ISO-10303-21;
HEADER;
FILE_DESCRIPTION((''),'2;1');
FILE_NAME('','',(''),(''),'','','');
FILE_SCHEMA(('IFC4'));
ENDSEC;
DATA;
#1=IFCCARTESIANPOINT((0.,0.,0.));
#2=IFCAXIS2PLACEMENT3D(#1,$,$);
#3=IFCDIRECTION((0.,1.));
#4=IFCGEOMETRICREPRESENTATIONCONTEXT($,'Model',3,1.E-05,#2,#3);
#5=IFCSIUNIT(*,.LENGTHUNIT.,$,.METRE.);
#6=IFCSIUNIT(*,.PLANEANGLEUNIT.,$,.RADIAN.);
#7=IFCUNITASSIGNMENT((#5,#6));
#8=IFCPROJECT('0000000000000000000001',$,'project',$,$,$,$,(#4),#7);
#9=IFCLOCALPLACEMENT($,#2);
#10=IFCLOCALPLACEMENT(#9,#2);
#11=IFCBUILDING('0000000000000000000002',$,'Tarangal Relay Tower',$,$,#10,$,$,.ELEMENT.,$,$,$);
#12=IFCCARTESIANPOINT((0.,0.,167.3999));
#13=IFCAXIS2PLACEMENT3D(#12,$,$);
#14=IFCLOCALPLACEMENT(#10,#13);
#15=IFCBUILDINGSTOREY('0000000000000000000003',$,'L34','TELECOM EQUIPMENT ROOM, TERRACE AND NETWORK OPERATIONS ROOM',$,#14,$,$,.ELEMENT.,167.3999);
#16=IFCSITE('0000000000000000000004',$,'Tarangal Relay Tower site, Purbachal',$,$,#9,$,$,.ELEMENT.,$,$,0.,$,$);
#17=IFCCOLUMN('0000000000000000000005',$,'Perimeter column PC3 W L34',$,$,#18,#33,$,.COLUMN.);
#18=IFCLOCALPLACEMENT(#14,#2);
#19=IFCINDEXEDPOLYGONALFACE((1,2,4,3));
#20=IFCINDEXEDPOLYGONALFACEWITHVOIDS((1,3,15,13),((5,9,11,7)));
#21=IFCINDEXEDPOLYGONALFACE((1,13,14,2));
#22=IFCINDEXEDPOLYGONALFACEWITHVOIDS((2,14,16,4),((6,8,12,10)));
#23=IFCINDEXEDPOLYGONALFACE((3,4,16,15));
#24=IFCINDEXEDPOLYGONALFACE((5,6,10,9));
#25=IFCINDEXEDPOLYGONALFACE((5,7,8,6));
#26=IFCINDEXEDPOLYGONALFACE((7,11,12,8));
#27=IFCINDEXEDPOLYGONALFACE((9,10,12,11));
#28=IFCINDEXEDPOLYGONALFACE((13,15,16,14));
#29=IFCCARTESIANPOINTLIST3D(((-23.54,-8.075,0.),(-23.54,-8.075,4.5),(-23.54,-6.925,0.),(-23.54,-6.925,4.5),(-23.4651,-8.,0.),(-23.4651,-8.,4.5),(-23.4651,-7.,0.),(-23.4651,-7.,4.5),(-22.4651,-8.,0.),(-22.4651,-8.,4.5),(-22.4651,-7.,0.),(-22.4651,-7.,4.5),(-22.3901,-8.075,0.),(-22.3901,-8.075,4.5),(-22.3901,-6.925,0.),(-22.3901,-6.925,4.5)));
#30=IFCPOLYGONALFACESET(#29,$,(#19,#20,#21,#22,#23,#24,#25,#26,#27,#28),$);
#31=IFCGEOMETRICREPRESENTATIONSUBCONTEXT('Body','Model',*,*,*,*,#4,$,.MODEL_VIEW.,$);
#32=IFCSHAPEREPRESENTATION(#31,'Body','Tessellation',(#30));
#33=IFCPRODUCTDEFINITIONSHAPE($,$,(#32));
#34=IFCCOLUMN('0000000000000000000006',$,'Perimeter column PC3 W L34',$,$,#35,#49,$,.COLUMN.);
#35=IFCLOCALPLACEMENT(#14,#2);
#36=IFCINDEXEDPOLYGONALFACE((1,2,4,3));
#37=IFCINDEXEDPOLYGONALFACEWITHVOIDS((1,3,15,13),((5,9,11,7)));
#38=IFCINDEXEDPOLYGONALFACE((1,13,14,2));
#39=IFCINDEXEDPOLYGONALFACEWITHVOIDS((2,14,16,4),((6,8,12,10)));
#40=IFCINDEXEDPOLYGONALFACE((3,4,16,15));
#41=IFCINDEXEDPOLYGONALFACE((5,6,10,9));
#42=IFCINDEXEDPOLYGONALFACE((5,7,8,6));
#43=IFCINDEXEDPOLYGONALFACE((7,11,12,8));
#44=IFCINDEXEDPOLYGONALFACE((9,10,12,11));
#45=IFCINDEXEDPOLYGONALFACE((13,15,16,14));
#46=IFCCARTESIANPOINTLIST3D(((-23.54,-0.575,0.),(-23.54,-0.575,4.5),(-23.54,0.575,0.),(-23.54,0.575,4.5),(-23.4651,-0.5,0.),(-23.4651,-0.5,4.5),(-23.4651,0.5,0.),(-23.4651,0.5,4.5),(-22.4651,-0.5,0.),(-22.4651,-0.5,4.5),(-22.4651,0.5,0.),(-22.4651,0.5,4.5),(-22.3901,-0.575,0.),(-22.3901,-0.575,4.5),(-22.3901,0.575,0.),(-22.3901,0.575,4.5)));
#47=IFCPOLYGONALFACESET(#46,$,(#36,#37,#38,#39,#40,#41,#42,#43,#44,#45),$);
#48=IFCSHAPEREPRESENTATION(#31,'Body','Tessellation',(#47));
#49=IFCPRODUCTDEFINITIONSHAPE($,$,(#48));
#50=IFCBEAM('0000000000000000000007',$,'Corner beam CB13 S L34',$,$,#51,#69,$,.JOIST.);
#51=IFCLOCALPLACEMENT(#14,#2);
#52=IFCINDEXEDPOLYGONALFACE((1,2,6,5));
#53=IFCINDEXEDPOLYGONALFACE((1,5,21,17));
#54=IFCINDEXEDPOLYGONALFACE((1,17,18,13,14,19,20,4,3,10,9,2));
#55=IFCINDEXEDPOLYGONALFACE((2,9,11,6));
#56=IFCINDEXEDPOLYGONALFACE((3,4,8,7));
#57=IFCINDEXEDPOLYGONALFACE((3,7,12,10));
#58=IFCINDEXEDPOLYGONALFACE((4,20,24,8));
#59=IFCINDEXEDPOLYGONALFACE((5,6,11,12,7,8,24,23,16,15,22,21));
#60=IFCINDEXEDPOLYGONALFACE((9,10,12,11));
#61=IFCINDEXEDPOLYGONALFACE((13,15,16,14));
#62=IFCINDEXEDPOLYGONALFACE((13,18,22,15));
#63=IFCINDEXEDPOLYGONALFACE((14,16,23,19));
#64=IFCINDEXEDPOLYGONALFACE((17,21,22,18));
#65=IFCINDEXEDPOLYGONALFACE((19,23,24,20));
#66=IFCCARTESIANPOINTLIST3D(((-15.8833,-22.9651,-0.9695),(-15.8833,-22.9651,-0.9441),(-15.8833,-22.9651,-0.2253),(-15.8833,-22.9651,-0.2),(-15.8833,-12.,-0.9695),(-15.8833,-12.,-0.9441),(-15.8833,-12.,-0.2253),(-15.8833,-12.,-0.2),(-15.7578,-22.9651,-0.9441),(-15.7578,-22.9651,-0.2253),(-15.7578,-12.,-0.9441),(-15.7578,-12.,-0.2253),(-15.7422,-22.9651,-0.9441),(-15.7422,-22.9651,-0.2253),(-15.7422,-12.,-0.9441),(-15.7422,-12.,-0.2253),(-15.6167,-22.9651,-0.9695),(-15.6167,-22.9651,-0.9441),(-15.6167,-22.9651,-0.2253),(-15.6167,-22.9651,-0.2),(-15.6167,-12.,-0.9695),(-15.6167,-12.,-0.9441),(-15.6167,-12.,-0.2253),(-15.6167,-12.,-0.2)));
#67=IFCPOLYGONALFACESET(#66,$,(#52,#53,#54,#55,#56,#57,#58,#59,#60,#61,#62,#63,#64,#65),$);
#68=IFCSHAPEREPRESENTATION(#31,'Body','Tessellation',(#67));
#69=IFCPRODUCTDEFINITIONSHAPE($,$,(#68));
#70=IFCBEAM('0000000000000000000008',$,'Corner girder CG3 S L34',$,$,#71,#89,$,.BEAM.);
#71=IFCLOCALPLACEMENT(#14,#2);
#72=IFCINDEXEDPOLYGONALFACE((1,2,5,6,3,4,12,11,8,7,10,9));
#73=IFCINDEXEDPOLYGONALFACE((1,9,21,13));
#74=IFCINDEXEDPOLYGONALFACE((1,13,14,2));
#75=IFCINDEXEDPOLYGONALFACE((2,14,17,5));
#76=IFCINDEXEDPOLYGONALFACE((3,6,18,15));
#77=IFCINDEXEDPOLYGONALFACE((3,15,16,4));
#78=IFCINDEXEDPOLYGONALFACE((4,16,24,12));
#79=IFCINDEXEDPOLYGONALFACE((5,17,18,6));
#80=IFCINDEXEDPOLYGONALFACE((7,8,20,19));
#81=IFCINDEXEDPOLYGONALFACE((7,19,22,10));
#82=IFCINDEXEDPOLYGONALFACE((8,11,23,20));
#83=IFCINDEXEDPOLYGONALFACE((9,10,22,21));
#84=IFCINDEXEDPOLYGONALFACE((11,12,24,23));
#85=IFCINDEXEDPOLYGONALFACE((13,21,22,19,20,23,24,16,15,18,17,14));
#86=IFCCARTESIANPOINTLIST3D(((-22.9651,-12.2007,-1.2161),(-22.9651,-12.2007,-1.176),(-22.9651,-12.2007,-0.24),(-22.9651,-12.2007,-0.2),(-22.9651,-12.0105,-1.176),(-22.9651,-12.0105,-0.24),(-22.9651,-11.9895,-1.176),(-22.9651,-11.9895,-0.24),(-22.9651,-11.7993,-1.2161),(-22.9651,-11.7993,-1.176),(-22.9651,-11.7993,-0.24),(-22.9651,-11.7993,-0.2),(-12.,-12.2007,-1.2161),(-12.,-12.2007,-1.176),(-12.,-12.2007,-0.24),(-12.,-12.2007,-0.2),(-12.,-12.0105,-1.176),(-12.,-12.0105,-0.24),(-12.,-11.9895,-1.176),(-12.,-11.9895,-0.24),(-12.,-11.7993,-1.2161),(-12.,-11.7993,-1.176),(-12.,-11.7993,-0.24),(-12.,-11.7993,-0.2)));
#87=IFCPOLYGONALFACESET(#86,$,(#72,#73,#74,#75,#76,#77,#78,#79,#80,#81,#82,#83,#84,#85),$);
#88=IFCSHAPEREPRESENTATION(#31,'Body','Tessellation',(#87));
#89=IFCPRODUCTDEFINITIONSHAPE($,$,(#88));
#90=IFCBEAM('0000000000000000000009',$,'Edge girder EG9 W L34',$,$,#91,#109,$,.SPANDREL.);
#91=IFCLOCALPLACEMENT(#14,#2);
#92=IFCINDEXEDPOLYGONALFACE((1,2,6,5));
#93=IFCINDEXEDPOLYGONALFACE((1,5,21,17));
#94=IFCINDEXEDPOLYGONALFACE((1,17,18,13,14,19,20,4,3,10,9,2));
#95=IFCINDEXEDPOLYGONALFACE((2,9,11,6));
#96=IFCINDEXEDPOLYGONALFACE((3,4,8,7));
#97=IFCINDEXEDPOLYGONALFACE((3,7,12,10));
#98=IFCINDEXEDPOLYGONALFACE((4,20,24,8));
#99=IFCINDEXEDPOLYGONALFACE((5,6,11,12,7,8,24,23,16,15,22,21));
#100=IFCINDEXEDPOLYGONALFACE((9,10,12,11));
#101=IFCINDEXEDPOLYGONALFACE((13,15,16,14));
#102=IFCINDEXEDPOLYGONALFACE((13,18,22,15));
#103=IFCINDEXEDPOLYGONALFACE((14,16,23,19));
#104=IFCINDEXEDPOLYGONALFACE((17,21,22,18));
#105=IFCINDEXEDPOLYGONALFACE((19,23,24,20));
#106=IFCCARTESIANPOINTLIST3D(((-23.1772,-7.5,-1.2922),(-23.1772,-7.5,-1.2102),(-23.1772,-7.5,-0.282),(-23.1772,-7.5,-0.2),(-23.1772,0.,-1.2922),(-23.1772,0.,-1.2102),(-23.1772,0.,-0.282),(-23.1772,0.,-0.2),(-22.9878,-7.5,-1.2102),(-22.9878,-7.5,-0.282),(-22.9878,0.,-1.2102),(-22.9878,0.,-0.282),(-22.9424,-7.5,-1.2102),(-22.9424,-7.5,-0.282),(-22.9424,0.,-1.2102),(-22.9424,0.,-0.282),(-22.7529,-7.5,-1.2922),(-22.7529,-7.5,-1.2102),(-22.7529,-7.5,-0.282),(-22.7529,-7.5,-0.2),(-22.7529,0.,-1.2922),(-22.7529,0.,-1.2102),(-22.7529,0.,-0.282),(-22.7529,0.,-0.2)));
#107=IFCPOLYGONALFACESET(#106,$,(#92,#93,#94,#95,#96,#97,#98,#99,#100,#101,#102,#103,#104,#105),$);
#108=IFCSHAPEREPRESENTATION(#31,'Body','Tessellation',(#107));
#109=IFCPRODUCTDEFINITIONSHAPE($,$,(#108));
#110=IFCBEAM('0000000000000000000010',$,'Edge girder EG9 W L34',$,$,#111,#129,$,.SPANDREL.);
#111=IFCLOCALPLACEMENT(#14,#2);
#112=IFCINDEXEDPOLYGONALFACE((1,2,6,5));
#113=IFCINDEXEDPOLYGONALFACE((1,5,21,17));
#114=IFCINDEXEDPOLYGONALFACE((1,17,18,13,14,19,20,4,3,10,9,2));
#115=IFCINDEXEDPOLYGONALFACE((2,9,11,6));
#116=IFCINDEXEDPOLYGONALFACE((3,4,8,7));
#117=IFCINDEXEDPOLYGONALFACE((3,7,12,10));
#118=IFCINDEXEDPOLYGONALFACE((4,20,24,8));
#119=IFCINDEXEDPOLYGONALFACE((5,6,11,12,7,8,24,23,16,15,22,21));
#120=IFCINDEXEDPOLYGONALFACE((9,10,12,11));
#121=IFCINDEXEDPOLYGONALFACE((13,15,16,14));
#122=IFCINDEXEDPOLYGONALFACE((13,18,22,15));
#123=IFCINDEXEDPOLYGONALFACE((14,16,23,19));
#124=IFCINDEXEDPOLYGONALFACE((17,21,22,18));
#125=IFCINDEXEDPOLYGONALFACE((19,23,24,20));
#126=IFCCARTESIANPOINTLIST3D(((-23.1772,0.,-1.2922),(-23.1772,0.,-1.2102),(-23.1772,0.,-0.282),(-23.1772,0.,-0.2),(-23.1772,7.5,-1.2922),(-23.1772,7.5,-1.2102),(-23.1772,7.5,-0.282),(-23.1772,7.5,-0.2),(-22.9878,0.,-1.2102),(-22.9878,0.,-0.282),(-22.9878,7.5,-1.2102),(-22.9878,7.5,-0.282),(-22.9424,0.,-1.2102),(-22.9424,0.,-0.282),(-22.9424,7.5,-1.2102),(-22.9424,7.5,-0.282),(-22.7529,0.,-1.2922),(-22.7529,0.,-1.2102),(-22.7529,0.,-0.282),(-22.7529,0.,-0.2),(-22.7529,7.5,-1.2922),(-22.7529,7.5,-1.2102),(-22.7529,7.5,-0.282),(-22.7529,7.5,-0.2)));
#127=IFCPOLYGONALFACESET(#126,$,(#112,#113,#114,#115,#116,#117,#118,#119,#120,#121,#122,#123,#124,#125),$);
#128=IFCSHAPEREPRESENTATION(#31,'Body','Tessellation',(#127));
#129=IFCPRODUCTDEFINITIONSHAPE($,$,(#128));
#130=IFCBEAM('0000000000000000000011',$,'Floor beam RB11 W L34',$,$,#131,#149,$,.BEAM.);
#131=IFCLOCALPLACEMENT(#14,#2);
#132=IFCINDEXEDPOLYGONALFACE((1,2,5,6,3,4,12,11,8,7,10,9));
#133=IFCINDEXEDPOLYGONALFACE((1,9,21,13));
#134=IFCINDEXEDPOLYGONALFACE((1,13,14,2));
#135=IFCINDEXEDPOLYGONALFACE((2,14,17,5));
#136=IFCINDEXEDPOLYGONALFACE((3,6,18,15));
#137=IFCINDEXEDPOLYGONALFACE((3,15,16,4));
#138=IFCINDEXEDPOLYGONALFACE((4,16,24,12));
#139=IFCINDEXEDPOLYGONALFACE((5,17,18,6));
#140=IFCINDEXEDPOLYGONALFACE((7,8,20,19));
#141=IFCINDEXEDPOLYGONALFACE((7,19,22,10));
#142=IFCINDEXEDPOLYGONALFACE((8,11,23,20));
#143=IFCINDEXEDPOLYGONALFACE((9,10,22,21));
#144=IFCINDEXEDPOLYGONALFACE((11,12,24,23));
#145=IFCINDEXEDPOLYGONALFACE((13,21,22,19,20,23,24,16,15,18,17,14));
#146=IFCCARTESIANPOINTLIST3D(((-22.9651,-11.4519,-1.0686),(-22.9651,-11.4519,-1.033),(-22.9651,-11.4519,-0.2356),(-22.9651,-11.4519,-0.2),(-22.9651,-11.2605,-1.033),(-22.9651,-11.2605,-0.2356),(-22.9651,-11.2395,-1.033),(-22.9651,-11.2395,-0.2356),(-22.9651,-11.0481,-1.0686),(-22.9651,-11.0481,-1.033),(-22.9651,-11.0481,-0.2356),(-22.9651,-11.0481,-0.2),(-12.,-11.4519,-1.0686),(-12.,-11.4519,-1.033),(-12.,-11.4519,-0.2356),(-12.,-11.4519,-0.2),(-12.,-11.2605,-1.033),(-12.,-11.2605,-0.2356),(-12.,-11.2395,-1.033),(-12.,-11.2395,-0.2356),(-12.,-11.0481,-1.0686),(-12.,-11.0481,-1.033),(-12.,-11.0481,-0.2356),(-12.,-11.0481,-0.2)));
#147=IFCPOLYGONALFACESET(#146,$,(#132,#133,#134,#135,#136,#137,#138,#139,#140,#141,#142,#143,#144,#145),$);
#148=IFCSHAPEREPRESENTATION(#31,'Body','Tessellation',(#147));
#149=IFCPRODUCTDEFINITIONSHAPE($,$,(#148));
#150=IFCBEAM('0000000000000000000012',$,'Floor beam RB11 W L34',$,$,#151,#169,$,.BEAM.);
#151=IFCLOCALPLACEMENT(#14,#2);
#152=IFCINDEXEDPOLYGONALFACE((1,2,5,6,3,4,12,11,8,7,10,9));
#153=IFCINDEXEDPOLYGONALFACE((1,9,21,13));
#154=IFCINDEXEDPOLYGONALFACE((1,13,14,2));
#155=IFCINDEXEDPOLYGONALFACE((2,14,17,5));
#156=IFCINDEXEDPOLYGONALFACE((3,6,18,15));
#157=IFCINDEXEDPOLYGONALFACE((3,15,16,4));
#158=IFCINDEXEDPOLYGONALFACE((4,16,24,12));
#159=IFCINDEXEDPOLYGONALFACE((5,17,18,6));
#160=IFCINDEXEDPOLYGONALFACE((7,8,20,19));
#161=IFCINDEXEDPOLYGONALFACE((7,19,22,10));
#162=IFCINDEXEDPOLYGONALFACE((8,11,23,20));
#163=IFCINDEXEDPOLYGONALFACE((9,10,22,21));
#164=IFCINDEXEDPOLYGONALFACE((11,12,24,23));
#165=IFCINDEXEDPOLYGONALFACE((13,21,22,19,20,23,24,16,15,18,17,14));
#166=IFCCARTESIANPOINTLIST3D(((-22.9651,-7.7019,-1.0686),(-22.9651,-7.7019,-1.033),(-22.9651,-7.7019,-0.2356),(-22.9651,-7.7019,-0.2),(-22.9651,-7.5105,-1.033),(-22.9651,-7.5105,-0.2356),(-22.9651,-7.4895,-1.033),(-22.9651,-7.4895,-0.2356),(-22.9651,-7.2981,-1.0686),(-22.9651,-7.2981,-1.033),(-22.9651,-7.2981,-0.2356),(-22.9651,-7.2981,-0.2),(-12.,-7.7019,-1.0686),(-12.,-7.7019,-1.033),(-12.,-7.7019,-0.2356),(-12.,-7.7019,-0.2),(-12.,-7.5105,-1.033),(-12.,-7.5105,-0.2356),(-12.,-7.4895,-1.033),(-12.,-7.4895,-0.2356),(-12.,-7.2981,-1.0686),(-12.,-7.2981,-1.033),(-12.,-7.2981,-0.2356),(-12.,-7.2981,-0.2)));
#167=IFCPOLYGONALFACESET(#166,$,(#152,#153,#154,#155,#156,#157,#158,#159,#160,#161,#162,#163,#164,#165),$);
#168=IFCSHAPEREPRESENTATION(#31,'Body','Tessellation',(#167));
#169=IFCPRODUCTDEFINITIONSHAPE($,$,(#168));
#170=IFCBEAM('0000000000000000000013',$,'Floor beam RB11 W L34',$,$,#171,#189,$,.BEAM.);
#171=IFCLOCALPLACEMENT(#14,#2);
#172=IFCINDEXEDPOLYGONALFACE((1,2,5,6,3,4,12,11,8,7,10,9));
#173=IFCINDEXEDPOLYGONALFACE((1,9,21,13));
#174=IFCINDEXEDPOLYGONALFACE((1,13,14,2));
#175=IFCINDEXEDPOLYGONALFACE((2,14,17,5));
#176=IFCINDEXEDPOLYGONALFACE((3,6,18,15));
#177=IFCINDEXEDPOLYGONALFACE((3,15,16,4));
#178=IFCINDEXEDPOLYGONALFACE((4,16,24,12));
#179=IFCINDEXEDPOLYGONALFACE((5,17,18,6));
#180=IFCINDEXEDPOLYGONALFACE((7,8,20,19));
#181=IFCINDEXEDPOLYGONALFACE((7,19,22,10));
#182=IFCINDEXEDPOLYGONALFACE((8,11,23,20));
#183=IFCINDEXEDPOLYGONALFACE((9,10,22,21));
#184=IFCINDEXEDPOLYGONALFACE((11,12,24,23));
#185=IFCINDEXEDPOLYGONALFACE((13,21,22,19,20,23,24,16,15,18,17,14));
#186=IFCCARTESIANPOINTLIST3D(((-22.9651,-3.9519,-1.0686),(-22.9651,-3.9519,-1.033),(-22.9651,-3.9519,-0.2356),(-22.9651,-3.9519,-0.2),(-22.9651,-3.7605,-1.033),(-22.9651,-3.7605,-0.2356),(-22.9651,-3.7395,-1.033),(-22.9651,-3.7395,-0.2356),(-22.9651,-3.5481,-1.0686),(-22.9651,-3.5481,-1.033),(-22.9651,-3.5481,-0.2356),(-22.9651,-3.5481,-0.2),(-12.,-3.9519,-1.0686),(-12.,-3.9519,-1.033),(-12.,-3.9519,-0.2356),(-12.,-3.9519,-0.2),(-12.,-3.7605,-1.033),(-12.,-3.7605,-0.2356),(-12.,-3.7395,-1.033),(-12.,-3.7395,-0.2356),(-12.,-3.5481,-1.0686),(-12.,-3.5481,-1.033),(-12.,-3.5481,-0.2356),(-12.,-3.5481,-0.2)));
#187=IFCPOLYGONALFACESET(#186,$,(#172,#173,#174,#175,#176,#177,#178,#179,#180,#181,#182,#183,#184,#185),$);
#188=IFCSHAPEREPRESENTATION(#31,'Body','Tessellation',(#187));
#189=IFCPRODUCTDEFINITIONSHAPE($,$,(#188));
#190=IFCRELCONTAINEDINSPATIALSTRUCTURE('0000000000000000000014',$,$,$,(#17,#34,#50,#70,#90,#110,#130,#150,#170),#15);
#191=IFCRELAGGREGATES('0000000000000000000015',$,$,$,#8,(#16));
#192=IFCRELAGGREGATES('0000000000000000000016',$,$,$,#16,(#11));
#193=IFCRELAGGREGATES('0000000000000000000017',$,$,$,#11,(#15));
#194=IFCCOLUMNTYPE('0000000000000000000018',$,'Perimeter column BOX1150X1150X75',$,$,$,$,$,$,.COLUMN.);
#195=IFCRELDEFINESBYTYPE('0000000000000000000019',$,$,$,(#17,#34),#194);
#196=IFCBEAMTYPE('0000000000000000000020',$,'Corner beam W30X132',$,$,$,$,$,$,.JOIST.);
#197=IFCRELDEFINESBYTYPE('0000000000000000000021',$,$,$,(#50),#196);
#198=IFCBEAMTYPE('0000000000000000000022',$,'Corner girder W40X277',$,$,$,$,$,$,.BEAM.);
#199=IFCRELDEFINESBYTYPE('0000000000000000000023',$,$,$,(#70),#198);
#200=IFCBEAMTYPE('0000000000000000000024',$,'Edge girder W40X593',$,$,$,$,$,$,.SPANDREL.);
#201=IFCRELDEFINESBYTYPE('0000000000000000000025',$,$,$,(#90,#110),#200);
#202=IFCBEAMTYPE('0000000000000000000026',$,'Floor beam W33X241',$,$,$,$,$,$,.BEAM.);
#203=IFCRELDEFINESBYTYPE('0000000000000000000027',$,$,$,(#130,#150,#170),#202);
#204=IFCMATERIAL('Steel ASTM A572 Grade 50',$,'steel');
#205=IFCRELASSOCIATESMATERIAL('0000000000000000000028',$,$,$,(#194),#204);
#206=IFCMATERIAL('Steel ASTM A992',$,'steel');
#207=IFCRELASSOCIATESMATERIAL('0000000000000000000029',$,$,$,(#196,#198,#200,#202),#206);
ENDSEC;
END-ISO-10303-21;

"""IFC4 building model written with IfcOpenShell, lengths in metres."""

from ifc_helpers import new_model, si_unit, direction, frame, origin, origin_2d, place, context, subcontext, project, spatial, hollow_rectangle, i_section, extrude, material, material_profile, profile_set, type_object, element, save


model = new_model("IFC4")

# Units and contexts
model_context = context("Model", 3, precision=1e-05, world=origin(), true_north=direction((0.0, 1.0)))
body_context = subcontext(model_context, "Body", "Model", "MODEL_VIEW")
ifc_project = project(units=[si_unit("LENGTHUNIT", "METRE"), si_unit("PLANEANGLEUNIT", "RADIAN")], contexts=[model_context])

# Site, building, storey
site_placement = place(None, origin())
site = spatial("IfcSite", under=ifc_project, at=site_placement, Name="Tarangal Relay Tower site, Purbachal", CompositionType="ELEMENT", RefElevation=0.0)
building_placement = place(site_placement, origin())
building = spatial("IfcBuilding", under=site, at=building_placement, Name="Tarangal Relay Tower", CompositionType="ELEMENT")
storey_placement = place(building_placement, frame((0.0, 0.0, 167.3999)))
storey = spatial("IfcBuildingStorey", under=building, at=storey_placement, Name="L34", Description="TELECOM EQUIPMENT ROOM, TERRACE AND NETWORK OPERATIONS ROOM", CompositionType="ELEMENT", Elevation=167.3999)

# Columns
ifc_material_1 = material(Name="Steel ASTM A572 Grade 50", Category="steel")
ifc_material_profile_1 = material_profile(ifc_material_1, hollow_rectangle(XDim=1.1499, YDim=1.1499, WallThickness=0.075, at=origin_2d()), Name="BOX1150X1150X75")
ifc_profile_set_1 = profile_set([ifc_material_profile_1], Name="Steel ASTM A572 Grade 50")
column_type = type_object("IfcColumnType", Name="Perimeter column BOX1150X1150X75", PredefinedType="COLUMN", material=ifc_profile_set_1)
for number, where, z_axis, x_axis, name in (
    (1, (-22.9651, -7.5, 0.0), (0.0, 0.0, 1.0), (1.0, 0.0, 0.0), "Perimeter column PC3 W L34"),
    (2, (-22.9651, 0.0, 0.0), (0.0, 0.0, 1.0), (1.0, 0.0, 0.0), "Perimeter column PC3 W L34"),
):
    element("IfcColumn", number, at=place(storey_placement, frame(where, z_axis=z_axis, x_axis=x_axis)), inside=storey, type_object=column_type, Name=name, PredefinedType="COLUMN", context=body_context, shape_type="SweptSolid", body=[
        extrude(hollow_rectangle(XDim=1.1499, YDim=1.1499, WallThickness=0.075, at=origin_2d()), origin(), (0.0, 0.0, 1.0), 4.5),
    ])

# Beams
ifc_material_2 = material(Name="Steel ASTM A992", Category="steel")
ifc_material_profile_2 = material_profile(ifc_material_2, i_section(OverallWidth=0.2666, OverallDepth=0.7695, WebThickness=0.0156, FlangeThickness=0.0254, at=origin_2d()), Name="W30X132")
ifc_profile_set_2 = profile_set([ifc_material_profile_2], Name="Steel ASTM A992")
beam_type_1 = type_object("IfcBeamType", Name="Corner beam W30X132", PredefinedType="JOIST", material=ifc_profile_set_2)
beam_1_placement = place(storey_placement, frame((-15.75, -12.0, -0.5847), z_axis=(0.0, -1.0, 0.0), x_axis=(1.0, 0.0, 0.0)))
element("IfcBeam", 3, at=beam_1_placement, inside=storey, type_object=beam_type_1, Name="Corner beam CB13 S L34", PredefinedType="JOIST", context=body_context, shape_type="SweptSolid", body=[
    extrude(i_section(OverallWidth=0.2666, OverallDepth=0.7695, WebThickness=0.0156, FlangeThickness=0.0254, at=origin_2d()), origin(), (0.0, 0.0, 1.0), 10.9651),
])
ifc_material_profile_3 = material_profile(ifc_material_2, i_section(OverallWidth=0.4014, OverallDepth=1.0161, WebThickness=0.021, FlangeThickness=0.04, at=origin_2d()), Name="W40X277")
ifc_profile_set_3 = profile_set([ifc_material_profile_3], Name="Steel ASTM A992")
beam_type_2 = type_object("IfcBeamType", Name="Corner girder W40X277", PredefinedType="BEAM", material=ifc_profile_set_3)
beam_2_placement = place(storey_placement, frame((-12.0, -12.0, -0.708), z_axis=(-1.0, 0.0, 0.0), x_axis=(0.0, -1.0, 0.0)))
element("IfcBeam", 4, at=beam_2_placement, inside=storey, type_object=beam_type_2, Name="Corner girder CG3 S L34", PredefinedType="BEAM", context=body_context, shape_type="SweptSolid", body=[
    extrude(i_section(OverallWidth=0.4014, OverallDepth=1.0161, WebThickness=0.021, FlangeThickness=0.04, at=origin_2d()), origin(), (0.0, 0.0, 1.0), 10.9651),
])
ifc_material_profile_4 = material_profile(ifc_material_2, i_section(OverallWidth=0.4243, OverallDepth=1.0923, WebThickness=0.0454, FlangeThickness=0.082, at=origin_2d()), Name="W40X593")
ifc_profile_set_4 = profile_set([ifc_material_profile_4], Name="Steel ASTM A992")
beam_type_3 = type_object("IfcBeamType", Name="Edge girder W40X593", PredefinedType="SPANDREL", material=ifc_profile_set_4)
for number, where, z_axis, x_axis, name in (
    (5, (-22.9651, -7.5, -0.7461), (0.0, 1.0, 0.0), (-1.0, 0.0, 0.0), "Edge girder EG9 W L34"),
    (6, (-22.9651, 0.0, -0.7461), (0.0, 1.0, 0.0), (-1.0, 0.0, 0.0), "Edge girder EG9 W L34"),
):
    element("IfcBeam", number, at=place(storey_placement, frame(where, z_axis=z_axis, x_axis=x_axis)), inside=storey, type_object=beam_type_3, Name=name, PredefinedType="SPANDREL", context=body_context, shape_type="SweptSolid", body=[
        extrude(i_section(OverallWidth=0.4243, OverallDepth=1.0923, WebThickness=0.0454, FlangeThickness=0.082, at=origin_2d()), origin(), (0.0, 0.0, 1.0), 7.5),
    ])
ifc_material_profile_5 = material_profile(ifc_material_2, i_section(OverallWidth=0.4038, OverallDepth=0.8687, WebThickness=0.021, FlangeThickness=0.0356, at=origin_2d()), Name="W33X241")
ifc_profile_set_5 = profile_set([ifc_material_profile_5], Name="Steel ASTM A992")
beam_type_4 = type_object("IfcBeamType", Name="Floor beam W33X241", PredefinedType="BEAM", material=ifc_profile_set_5)
for number, where, z_axis, x_axis, name in (
    (7, (-12.0, -11.25, -0.6343), (-1.0, 0.0, 0.0), (0.0, -1.0, 0.0), "Floor beam RB11 W L34"),
    (8, (-12.0, -7.5, -0.6343), (-1.0, 0.0, 0.0), (0.0, -1.0, 0.0), "Floor beam RB11 W L34"),
    (9, (-12.0, -3.75, -0.6343), (-1.0, 0.0, 0.0), (0.0, -1.0, 0.0), "Floor beam RB11 W L34"),
):
    element("IfcBeam", number, at=place(storey_placement, frame(where, z_axis=z_axis, x_axis=x_axis)), inside=storey, type_object=beam_type_4, Name=name, PredefinedType="BEAM", context=body_context, shape_type="SweptSolid", body=[
        extrude(i_section(OverallWidth=0.4038, OverallDepth=0.8687, WebThickness=0.021, FlangeThickness=0.0356, at=origin_2d()), origin(), (0.0, 0.0, 1.0), 10.9651),
    ])

save(model, "model.ifc")
